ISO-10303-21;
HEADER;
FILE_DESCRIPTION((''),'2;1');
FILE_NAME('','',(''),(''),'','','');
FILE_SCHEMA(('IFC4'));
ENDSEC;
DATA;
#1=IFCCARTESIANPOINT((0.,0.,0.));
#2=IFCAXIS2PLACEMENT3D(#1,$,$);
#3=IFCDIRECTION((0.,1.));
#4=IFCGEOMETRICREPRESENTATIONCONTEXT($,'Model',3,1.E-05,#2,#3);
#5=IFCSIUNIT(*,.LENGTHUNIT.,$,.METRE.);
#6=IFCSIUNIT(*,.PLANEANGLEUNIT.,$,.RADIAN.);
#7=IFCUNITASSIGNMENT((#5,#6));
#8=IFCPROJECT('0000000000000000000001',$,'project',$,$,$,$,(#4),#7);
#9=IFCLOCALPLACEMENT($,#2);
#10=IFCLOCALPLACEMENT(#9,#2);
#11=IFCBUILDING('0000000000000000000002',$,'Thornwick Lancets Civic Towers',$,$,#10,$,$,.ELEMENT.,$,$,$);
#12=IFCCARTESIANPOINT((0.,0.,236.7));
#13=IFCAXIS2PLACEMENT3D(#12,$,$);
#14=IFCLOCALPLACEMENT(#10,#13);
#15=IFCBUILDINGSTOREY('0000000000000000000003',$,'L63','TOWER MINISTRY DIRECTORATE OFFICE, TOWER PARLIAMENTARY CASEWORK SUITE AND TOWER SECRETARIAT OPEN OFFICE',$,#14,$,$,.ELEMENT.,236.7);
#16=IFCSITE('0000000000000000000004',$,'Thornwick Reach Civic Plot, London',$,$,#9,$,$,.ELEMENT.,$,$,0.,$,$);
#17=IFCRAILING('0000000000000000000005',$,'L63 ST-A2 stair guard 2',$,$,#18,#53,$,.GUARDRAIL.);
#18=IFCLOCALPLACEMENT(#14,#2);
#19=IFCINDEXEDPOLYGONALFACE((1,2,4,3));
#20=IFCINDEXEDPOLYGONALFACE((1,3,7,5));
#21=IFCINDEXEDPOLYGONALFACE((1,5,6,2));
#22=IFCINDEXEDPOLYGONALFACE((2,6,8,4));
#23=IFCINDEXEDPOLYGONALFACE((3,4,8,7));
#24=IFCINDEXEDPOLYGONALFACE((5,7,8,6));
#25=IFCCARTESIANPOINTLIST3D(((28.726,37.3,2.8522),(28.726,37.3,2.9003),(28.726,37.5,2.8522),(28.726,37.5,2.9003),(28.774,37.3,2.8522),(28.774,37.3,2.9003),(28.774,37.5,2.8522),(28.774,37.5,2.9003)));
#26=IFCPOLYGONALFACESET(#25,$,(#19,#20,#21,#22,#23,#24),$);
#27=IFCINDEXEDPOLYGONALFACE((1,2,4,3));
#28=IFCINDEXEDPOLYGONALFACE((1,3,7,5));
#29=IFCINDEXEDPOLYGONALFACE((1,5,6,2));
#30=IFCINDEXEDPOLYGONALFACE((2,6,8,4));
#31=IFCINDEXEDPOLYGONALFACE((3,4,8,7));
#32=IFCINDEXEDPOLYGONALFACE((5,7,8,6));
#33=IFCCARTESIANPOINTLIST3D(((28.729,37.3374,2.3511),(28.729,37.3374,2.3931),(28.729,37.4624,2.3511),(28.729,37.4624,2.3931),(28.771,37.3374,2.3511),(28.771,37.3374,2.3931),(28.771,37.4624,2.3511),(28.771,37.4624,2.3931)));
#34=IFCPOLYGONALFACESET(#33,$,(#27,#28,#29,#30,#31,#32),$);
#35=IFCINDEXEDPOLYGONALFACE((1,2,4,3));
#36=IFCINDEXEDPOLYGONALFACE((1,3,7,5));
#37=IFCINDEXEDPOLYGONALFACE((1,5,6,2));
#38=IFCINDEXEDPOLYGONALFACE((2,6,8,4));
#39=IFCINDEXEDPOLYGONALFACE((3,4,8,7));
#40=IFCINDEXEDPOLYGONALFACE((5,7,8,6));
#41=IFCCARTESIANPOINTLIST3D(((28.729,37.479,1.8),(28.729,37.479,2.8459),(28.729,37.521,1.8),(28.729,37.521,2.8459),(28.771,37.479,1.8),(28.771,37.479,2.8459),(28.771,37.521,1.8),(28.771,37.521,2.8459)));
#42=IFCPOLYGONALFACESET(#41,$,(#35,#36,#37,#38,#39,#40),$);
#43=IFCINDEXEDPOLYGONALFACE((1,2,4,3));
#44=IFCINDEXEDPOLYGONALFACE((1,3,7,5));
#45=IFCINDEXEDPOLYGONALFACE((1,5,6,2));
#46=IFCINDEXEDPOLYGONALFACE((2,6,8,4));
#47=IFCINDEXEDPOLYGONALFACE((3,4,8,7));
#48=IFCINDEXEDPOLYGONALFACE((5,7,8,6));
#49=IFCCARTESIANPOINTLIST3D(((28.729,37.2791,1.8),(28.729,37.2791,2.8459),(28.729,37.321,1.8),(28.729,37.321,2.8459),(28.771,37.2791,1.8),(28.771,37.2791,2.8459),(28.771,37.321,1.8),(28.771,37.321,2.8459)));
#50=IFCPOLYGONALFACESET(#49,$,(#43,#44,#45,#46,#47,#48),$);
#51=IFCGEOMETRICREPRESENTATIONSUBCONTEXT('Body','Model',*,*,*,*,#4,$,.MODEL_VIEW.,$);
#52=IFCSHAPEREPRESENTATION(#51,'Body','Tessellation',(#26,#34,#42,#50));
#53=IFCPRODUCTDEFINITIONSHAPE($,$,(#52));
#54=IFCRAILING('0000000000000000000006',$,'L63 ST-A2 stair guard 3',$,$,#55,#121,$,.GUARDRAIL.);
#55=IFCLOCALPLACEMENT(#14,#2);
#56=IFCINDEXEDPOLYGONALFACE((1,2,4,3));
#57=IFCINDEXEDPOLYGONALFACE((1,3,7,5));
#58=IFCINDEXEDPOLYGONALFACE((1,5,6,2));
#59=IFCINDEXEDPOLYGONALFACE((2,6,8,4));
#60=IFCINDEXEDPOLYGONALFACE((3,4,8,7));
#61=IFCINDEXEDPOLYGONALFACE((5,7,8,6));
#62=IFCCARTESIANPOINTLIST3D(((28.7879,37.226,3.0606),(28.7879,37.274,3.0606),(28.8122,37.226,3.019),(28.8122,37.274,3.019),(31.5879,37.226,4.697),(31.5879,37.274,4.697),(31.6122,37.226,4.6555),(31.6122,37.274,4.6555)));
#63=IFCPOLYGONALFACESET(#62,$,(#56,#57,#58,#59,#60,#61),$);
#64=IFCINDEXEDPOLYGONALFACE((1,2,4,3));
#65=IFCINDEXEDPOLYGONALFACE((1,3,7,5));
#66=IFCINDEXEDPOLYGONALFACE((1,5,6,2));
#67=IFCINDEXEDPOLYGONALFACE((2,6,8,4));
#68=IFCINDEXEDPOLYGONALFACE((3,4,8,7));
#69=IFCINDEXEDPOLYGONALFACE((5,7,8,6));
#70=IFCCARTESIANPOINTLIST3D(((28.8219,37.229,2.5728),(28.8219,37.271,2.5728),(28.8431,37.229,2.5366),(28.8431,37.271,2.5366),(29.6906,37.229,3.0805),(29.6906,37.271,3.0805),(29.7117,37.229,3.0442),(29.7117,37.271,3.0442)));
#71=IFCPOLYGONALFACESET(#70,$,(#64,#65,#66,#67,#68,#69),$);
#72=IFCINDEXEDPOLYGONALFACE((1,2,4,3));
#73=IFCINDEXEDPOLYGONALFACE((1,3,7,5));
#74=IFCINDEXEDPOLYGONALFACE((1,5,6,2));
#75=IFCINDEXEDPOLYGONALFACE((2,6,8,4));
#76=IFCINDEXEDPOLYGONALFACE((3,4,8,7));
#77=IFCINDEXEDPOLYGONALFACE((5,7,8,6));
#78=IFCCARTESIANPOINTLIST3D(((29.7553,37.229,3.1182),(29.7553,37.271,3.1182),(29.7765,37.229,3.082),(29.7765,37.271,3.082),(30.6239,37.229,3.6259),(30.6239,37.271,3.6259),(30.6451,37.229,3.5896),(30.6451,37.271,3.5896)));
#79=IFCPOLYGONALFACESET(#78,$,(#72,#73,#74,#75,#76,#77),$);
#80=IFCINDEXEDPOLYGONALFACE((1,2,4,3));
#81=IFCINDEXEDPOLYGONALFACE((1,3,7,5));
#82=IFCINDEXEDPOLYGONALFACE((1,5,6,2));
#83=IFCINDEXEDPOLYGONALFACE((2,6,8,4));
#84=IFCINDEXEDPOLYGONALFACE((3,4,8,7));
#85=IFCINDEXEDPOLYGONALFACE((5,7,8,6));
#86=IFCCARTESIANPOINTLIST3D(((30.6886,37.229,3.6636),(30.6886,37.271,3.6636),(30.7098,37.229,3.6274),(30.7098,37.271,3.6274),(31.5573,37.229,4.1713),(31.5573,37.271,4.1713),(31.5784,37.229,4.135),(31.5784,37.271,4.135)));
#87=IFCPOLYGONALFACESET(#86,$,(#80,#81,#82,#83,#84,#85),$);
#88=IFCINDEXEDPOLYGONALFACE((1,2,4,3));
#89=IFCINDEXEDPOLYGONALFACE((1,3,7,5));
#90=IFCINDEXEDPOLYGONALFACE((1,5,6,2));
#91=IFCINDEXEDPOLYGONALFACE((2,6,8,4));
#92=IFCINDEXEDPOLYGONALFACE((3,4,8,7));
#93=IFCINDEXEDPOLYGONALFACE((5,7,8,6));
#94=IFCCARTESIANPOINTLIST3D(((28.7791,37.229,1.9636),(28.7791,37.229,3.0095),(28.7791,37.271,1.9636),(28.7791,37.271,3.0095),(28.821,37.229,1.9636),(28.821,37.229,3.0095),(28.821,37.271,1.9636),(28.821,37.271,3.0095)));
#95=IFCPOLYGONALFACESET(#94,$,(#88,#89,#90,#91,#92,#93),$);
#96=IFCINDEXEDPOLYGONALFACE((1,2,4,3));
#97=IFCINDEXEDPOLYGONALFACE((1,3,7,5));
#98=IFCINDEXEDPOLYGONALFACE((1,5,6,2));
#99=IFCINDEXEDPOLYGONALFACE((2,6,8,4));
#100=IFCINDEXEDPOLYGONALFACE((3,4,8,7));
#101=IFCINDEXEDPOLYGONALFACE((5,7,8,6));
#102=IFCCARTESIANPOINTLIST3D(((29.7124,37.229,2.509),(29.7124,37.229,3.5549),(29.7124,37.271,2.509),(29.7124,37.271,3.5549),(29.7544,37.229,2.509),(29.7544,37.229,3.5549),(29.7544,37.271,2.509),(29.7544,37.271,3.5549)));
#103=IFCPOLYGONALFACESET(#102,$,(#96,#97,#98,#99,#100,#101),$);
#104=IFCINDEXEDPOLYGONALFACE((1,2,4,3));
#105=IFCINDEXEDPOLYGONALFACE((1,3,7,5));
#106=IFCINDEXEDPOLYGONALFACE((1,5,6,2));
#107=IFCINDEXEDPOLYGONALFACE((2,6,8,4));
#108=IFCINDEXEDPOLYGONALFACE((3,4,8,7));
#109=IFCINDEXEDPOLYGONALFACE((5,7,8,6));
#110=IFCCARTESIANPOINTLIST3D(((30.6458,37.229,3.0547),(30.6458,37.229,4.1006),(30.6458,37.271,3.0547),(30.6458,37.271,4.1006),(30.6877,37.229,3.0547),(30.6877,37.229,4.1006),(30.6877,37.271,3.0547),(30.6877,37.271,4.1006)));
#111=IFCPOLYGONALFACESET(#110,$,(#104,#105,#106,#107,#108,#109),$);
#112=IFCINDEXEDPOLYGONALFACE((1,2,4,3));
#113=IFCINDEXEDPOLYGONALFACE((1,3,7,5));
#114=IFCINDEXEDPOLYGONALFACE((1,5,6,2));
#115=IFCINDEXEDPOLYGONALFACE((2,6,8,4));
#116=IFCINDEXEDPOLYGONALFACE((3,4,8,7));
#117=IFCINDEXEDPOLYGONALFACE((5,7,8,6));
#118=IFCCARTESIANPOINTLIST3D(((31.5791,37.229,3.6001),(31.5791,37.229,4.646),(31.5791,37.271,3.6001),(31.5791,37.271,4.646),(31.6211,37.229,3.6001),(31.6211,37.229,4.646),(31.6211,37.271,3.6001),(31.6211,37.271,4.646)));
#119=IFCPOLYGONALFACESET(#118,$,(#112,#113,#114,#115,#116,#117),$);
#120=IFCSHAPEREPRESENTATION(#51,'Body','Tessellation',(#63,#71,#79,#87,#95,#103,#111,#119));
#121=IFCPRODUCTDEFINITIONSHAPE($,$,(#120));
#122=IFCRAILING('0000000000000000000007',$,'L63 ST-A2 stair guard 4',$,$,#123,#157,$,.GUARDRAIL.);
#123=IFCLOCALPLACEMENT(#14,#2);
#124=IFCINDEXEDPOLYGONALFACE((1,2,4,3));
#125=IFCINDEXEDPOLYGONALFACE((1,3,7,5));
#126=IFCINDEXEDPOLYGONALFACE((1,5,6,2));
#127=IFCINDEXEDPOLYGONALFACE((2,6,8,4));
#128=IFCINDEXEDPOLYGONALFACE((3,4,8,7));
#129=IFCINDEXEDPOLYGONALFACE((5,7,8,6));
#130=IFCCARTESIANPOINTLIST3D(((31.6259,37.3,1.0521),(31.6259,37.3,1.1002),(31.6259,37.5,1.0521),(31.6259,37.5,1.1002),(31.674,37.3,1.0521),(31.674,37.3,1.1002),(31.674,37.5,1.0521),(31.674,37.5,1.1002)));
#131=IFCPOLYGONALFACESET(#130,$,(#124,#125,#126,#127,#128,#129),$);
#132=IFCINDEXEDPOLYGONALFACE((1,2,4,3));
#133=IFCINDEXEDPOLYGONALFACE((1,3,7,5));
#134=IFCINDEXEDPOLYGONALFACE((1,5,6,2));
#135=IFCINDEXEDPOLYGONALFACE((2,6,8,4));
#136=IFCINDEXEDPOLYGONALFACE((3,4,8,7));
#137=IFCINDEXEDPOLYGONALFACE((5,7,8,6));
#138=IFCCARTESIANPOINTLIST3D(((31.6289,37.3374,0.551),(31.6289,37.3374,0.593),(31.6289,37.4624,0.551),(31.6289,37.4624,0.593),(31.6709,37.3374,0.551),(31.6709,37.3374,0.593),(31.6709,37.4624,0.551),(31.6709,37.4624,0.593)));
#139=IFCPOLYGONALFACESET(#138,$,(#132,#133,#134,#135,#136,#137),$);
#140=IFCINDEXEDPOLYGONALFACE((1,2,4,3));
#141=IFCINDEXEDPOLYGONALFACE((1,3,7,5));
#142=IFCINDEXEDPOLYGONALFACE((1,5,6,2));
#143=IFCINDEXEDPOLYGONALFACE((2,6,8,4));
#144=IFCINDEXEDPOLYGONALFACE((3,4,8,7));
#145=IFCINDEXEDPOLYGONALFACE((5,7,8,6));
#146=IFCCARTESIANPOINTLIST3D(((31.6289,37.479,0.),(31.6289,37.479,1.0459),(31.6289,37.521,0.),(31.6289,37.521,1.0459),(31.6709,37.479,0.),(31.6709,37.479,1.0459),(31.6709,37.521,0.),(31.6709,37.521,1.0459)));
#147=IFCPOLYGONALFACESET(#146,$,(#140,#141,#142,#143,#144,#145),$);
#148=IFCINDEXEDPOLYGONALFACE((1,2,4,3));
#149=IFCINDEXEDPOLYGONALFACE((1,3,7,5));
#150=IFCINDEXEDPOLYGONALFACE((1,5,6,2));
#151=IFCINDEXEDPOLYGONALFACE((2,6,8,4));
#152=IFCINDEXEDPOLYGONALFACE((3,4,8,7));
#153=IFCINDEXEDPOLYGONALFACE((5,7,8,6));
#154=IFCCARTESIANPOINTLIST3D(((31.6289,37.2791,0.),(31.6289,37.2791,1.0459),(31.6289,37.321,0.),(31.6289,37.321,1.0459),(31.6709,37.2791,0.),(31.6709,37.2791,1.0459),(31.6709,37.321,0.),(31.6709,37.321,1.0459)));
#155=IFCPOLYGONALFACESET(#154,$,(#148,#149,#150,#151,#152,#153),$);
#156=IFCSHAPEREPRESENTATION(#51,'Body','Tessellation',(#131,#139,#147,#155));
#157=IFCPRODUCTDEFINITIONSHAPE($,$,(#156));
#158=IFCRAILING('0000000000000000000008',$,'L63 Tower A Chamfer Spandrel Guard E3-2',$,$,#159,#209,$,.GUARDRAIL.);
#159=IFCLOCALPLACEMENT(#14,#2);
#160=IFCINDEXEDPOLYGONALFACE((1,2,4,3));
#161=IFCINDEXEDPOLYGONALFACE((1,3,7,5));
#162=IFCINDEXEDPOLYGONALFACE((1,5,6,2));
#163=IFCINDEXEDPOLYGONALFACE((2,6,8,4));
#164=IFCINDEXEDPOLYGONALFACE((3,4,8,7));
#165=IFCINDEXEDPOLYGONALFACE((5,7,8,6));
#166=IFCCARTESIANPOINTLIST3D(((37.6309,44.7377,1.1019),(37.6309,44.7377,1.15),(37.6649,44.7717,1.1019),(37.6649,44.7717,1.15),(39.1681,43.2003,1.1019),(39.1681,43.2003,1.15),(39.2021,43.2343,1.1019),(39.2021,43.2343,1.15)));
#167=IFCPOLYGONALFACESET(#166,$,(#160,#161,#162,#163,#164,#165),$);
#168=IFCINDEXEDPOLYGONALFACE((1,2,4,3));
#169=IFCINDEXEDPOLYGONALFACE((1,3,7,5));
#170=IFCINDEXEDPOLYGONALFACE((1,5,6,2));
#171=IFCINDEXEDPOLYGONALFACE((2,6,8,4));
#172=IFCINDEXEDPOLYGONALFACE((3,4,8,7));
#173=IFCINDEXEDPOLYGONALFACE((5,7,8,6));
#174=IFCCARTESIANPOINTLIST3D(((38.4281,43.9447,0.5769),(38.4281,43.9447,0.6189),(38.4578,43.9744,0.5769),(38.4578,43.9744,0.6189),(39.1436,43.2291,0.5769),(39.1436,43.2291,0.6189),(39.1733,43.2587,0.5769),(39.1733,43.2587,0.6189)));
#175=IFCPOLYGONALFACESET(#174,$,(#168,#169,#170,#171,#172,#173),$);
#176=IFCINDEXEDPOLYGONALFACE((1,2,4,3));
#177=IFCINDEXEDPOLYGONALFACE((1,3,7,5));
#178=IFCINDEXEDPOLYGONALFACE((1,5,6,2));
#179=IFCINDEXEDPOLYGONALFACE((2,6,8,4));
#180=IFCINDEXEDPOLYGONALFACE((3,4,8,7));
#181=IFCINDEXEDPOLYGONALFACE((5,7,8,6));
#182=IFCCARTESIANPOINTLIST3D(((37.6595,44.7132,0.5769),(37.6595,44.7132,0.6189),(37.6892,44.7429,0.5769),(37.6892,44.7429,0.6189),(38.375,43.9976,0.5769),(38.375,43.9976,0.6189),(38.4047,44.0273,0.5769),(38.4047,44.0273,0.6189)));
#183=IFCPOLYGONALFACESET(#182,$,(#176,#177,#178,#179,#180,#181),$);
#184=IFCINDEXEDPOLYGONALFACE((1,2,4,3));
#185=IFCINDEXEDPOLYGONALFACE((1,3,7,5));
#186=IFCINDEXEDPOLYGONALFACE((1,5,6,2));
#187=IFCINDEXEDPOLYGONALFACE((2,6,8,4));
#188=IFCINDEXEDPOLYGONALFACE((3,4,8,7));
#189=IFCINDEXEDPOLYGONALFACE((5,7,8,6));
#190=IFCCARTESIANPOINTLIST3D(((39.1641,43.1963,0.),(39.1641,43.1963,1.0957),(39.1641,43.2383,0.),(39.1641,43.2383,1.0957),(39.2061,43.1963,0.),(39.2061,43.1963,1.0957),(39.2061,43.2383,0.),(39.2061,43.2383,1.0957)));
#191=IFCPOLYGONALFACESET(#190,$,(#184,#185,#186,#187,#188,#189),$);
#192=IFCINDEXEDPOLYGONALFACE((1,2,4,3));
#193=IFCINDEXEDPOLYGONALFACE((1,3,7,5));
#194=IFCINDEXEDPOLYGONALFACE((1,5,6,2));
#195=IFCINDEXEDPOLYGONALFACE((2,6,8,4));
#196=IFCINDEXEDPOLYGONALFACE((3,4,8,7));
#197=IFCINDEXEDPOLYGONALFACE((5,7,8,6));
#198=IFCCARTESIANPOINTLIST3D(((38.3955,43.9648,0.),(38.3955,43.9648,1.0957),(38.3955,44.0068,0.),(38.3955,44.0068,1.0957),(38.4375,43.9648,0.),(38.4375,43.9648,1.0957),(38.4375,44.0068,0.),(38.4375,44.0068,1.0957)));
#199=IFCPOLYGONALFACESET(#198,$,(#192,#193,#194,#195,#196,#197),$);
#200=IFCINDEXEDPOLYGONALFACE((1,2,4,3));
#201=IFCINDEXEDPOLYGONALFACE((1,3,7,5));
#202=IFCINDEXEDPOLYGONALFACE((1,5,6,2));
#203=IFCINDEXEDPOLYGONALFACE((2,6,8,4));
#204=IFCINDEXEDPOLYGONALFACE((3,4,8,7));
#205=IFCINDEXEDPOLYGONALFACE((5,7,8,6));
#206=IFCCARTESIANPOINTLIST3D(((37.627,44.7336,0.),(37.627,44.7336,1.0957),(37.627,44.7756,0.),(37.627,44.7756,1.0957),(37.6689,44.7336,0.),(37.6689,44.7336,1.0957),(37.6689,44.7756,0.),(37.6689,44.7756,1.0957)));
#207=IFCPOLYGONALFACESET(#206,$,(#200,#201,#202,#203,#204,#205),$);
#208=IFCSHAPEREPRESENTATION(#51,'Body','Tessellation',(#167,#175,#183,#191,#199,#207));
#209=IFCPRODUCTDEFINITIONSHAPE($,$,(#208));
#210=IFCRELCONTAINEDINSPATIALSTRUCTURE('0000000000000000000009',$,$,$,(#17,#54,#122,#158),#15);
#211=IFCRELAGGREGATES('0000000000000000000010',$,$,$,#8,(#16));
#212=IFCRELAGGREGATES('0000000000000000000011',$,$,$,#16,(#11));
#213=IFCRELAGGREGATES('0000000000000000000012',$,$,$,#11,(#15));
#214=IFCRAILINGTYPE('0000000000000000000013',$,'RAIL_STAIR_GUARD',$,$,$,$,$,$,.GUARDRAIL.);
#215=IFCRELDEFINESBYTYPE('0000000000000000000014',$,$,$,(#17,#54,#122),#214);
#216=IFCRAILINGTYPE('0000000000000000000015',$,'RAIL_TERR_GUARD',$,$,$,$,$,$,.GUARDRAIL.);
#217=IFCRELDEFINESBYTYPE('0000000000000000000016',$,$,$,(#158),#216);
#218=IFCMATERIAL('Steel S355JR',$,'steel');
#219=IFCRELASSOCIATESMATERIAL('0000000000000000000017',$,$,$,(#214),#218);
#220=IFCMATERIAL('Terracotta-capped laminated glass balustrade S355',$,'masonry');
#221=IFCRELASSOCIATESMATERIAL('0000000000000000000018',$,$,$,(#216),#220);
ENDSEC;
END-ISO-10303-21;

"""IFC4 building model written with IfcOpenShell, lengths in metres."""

from ifc_helpers import new_model, si_unit, direction, frame, origin, origin_2d, place, context, subcontext, project, spatial, rectangle, extrude, material, type_object, element, save


model = new_model("IFC4")

# Units and contexts
model_context = context("Model", 3, precision=1e-05, world=origin(), true_north=direction((0.0, 1.0)))
body_context = subcontext(model_context, "Body", "Model", "MODEL_VIEW")
ifc_project = project(units=[si_unit("LENGTHUNIT", "METRE"), si_unit("PLANEANGLEUNIT", "RADIAN")], contexts=[model_context])

# Site, building, storey
site_placement = place(None, origin())
site = spatial("IfcSite", under=ifc_project, at=site_placement, Name="Thornwick Reach Civic Plot, London", CompositionType="ELEMENT", RefElevation=0.0)
building_placement = place(site_placement, origin())
building = spatial("IfcBuilding", under=site, at=building_placement, Name="Thornwick Lancets Civic Towers", CompositionType="ELEMENT")
storey_placement = place(building_placement, frame((0.0, 0.0, 236.7)))
storey = spatial("IfcBuildingStorey", under=building, at=storey_placement, Name="L63", Description="TOWER MINISTRY DIRECTORATE OFFICE, TOWER PARLIAMENTARY CASEWORK SUITE AND TOWER SECRETARIAT OPEN OFFICE", CompositionType="ELEMENT", Elevation=236.7)

# Shared definitions
ifc_material_1 = material(Name="Steel S355JR", Category="steel")

# Railings
railing_type_1 = type_object("IfcRailingType", Name="RAIL_STAIR_GUARD", PredefinedType="GUARDRAIL", material=ifc_material_1)
railing_1_placement = place(storey_placement, frame((28.75, 37.5, 1.8)))
element("IfcRailing", 1, at=railing_1_placement, inside=storey, type_object=railing_type_1, Name="L63 ST-A2 stair guard 2", PredefinedType="GUARDRAIL", context=body_context, shape_type="SweptSolid", body=[
    extrude(rectangle(XDim=0.0481, YDim=0.0481, at=origin_2d()), frame((0.0, 0.0, 1.0762), z_axis=(0.0, -1.0, 0.0), x_axis=(1.0, 0.0, 0.0)), (0.0, 0.0, 1.0), 0.2),
    extrude(rectangle(XDim=0.042, YDim=0.042, at=origin_2d()), frame((0.0, -0.0376, 0.572), z_axis=(0.0, -1.0, 0.0), x_axis=(1.0, 0.0, 0.0)), (0.0, 0.0, 1.0), 0.125),
    extrude(rectangle(XDim=0.042, YDim=0.042, at=origin_2d()), origin(), (0.0, 0.0, 1.0), 1.0459),
    extrude(rectangle(XDim=0.042, YDim=0.042, at=origin_2d()), frame((0.0, -0.2, 0.0)), (0.0, 0.0, 1.0), 1.0459),
])
railing_2_placement = place(storey_placement, frame((28.8, 37.25, 1.9636)))
element("IfcRailing", 2, at=railing_2_placement, inside=storey, type_object=railing_type_1, Name="L63 ST-A2 stair guard 3", PredefinedType="GUARDRAIL", context=body_context, shape_type="SweptSolid", body=[
    extrude(rectangle(XDim=0.0481, YDim=0.0481, at=origin_2d()), frame((0.0, 0.0, 1.0762), z_axis=(0.863361, 0.0, 0.504587), x_axis=(0.0, 1.0, 0.0)), (0.0, 0.0, 1.0), 3.2432),
    extrude(rectangle(XDim=0.042, YDim=0.042, at=origin_2d()), frame((0.0325, 0.0, 0.5911), z_axis=(0.863361, 0.0, 0.504587), x_axis=(0.0, 1.0, 0.0)), (0.0, 0.0, 1.0), 1.0061),
    extrude(rectangle(XDim=0.042, YDim=0.042, at=origin_2d()), frame((0.9658, 0.0, 1.1365), z_axis=(0.863361, 0.0, 0.504587), x_axis=(0.0, 1.0, 0.0)), (0.0, 0.0, 1.0), 1.0061),
    extrude(rectangle(XDim=0.042, YDim=0.042, at=origin_2d()), frame((1.8992, 0.0, 1.6819), z_axis=(0.863361, 0.0, 0.504587), x_axis=(0.0, 1.0, 0.0)), (0.0, 0.0, 1.0), 1.0061),
    extrude(rectangle(XDim=0.042, YDim=0.042, at=origin_2d()), origin(), (0.0, 0.0, 1.0), 1.0459),
    extrude(rectangle(XDim=0.042, YDim=0.042, at=origin_2d()), frame((0.9333, 0.0, 0.5454)), (0.0, 0.0, 1.0), 1.0459),
    extrude(rectangle(XDim=0.042, YDim=0.042, at=origin_2d()), frame((1.8667, 0.0, 1.0911)), (0.0, 0.0, 1.0), 1.0459),
    extrude(rectangle(XDim=0.042, YDim=0.042, at=origin_2d()), frame((2.8, 0.0, 1.6365)), (0.0, 0.0, 1.0), 1.0459),
])
railing_3_placement = place(storey_placement, frame((31.6499, 37.5, 0.0)))
element("IfcRailing", 3, at=railing_3_placement, inside=storey, type_object=railing_type_1, Name="L63 ST-A2 stair guard 4", PredefinedType="GUARDRAIL", context=body_context, shape_type="SweptSolid", body=[
    extrude(rectangle(XDim=0.0481, YDim=0.0481, at=origin_2d()), frame((0.0, 0.0, 1.0762), z_axis=(0.0, -1.0, 0.0), x_axis=(1.0, 0.0, 0.0)), (0.0, 0.0, 1.0), 0.2),
    extrude(rectangle(XDim=0.042, YDim=0.042, at=origin_2d()), frame((0.0, -0.0376, 0.572), z_axis=(0.0, -1.0, 0.0), x_axis=(1.0, 0.0, 0.0)), (0.0, 0.0, 1.0), 0.125),
    extrude(rectangle(XDim=0.042, YDim=0.042, at=origin_2d()), origin(), (0.0, 0.0, 1.0), 1.0459),
    extrude(rectangle(XDim=0.042, YDim=0.042, at=origin_2d()), frame((0.0, -0.2, 0.0)), (0.0, 0.0, 1.0), 1.0459),
])
ifc_material_2 = material(Name="Terracotta-capped laminated glass balustrade S355", Category="masonry")
railing_type_2 = type_object("IfcRailingType", Name="RAIL_TERR_GUARD", PredefinedType="GUARDRAIL", material=ifc_material_2)
railing_4_placement = place(storey_placement, frame((39.1851, 43.2173, 0.0)))
element("IfcRailing", 4, at=railing_4_placement, inside=storey, type_object=railing_type_2, Name="L63 Tower A Chamfer Spandrel Guard E3-2", PredefinedType="GUARDRAIL", context=body_context, shape_type="SweptSolid", body=[
    extrude(rectangle(XDim=0.0481, YDim=0.0481, at=origin_2d()), frame((0.0, 0.0, 1.126), z_axis=(-0.707051, 0.707163, 0.0), x_axis=(-0.707163, -0.707051, 0.0)), (0.0, 0.0, 1.0), 2.1741),
    extrude(rectangle(XDim=0.042, YDim=0.042, at=origin_2d()), frame((-0.0266, 0.0266, 0.5979), z_axis=(-0.707051, 0.707163, 0.0), x_axis=(-0.707163, -0.707051, 0.0)), (0.0, 0.0, 1.0), 1.012),
    extrude(rectangle(XDim=0.042, YDim=0.042, at=origin_2d()), frame((-0.7952, 0.7952, 0.5979), z_axis=(-0.707051, 0.707163, 0.0), x_axis=(-0.707163, -0.707051, 0.0)), (0.0, 0.0, 1.0), 1.012),
    extrude(rectangle(XDim=0.042, YDim=0.042, at=origin_2d()), origin(), (0.0, 0.0, 1.0), 1.0957),
    extrude(rectangle(XDim=0.042, YDim=0.042, at=origin_2d()), frame((-0.7686, 0.7686, 0.0)), (0.0, 0.0, 1.0), 1.0957),
    extrude(rectangle(XDim=0.042, YDim=0.042, at=origin_2d()), frame((-1.5371, 1.5374, 0.0)), (0.0, 0.0, 1.0), 1.0957),
])

save(model, "model.ifc")
